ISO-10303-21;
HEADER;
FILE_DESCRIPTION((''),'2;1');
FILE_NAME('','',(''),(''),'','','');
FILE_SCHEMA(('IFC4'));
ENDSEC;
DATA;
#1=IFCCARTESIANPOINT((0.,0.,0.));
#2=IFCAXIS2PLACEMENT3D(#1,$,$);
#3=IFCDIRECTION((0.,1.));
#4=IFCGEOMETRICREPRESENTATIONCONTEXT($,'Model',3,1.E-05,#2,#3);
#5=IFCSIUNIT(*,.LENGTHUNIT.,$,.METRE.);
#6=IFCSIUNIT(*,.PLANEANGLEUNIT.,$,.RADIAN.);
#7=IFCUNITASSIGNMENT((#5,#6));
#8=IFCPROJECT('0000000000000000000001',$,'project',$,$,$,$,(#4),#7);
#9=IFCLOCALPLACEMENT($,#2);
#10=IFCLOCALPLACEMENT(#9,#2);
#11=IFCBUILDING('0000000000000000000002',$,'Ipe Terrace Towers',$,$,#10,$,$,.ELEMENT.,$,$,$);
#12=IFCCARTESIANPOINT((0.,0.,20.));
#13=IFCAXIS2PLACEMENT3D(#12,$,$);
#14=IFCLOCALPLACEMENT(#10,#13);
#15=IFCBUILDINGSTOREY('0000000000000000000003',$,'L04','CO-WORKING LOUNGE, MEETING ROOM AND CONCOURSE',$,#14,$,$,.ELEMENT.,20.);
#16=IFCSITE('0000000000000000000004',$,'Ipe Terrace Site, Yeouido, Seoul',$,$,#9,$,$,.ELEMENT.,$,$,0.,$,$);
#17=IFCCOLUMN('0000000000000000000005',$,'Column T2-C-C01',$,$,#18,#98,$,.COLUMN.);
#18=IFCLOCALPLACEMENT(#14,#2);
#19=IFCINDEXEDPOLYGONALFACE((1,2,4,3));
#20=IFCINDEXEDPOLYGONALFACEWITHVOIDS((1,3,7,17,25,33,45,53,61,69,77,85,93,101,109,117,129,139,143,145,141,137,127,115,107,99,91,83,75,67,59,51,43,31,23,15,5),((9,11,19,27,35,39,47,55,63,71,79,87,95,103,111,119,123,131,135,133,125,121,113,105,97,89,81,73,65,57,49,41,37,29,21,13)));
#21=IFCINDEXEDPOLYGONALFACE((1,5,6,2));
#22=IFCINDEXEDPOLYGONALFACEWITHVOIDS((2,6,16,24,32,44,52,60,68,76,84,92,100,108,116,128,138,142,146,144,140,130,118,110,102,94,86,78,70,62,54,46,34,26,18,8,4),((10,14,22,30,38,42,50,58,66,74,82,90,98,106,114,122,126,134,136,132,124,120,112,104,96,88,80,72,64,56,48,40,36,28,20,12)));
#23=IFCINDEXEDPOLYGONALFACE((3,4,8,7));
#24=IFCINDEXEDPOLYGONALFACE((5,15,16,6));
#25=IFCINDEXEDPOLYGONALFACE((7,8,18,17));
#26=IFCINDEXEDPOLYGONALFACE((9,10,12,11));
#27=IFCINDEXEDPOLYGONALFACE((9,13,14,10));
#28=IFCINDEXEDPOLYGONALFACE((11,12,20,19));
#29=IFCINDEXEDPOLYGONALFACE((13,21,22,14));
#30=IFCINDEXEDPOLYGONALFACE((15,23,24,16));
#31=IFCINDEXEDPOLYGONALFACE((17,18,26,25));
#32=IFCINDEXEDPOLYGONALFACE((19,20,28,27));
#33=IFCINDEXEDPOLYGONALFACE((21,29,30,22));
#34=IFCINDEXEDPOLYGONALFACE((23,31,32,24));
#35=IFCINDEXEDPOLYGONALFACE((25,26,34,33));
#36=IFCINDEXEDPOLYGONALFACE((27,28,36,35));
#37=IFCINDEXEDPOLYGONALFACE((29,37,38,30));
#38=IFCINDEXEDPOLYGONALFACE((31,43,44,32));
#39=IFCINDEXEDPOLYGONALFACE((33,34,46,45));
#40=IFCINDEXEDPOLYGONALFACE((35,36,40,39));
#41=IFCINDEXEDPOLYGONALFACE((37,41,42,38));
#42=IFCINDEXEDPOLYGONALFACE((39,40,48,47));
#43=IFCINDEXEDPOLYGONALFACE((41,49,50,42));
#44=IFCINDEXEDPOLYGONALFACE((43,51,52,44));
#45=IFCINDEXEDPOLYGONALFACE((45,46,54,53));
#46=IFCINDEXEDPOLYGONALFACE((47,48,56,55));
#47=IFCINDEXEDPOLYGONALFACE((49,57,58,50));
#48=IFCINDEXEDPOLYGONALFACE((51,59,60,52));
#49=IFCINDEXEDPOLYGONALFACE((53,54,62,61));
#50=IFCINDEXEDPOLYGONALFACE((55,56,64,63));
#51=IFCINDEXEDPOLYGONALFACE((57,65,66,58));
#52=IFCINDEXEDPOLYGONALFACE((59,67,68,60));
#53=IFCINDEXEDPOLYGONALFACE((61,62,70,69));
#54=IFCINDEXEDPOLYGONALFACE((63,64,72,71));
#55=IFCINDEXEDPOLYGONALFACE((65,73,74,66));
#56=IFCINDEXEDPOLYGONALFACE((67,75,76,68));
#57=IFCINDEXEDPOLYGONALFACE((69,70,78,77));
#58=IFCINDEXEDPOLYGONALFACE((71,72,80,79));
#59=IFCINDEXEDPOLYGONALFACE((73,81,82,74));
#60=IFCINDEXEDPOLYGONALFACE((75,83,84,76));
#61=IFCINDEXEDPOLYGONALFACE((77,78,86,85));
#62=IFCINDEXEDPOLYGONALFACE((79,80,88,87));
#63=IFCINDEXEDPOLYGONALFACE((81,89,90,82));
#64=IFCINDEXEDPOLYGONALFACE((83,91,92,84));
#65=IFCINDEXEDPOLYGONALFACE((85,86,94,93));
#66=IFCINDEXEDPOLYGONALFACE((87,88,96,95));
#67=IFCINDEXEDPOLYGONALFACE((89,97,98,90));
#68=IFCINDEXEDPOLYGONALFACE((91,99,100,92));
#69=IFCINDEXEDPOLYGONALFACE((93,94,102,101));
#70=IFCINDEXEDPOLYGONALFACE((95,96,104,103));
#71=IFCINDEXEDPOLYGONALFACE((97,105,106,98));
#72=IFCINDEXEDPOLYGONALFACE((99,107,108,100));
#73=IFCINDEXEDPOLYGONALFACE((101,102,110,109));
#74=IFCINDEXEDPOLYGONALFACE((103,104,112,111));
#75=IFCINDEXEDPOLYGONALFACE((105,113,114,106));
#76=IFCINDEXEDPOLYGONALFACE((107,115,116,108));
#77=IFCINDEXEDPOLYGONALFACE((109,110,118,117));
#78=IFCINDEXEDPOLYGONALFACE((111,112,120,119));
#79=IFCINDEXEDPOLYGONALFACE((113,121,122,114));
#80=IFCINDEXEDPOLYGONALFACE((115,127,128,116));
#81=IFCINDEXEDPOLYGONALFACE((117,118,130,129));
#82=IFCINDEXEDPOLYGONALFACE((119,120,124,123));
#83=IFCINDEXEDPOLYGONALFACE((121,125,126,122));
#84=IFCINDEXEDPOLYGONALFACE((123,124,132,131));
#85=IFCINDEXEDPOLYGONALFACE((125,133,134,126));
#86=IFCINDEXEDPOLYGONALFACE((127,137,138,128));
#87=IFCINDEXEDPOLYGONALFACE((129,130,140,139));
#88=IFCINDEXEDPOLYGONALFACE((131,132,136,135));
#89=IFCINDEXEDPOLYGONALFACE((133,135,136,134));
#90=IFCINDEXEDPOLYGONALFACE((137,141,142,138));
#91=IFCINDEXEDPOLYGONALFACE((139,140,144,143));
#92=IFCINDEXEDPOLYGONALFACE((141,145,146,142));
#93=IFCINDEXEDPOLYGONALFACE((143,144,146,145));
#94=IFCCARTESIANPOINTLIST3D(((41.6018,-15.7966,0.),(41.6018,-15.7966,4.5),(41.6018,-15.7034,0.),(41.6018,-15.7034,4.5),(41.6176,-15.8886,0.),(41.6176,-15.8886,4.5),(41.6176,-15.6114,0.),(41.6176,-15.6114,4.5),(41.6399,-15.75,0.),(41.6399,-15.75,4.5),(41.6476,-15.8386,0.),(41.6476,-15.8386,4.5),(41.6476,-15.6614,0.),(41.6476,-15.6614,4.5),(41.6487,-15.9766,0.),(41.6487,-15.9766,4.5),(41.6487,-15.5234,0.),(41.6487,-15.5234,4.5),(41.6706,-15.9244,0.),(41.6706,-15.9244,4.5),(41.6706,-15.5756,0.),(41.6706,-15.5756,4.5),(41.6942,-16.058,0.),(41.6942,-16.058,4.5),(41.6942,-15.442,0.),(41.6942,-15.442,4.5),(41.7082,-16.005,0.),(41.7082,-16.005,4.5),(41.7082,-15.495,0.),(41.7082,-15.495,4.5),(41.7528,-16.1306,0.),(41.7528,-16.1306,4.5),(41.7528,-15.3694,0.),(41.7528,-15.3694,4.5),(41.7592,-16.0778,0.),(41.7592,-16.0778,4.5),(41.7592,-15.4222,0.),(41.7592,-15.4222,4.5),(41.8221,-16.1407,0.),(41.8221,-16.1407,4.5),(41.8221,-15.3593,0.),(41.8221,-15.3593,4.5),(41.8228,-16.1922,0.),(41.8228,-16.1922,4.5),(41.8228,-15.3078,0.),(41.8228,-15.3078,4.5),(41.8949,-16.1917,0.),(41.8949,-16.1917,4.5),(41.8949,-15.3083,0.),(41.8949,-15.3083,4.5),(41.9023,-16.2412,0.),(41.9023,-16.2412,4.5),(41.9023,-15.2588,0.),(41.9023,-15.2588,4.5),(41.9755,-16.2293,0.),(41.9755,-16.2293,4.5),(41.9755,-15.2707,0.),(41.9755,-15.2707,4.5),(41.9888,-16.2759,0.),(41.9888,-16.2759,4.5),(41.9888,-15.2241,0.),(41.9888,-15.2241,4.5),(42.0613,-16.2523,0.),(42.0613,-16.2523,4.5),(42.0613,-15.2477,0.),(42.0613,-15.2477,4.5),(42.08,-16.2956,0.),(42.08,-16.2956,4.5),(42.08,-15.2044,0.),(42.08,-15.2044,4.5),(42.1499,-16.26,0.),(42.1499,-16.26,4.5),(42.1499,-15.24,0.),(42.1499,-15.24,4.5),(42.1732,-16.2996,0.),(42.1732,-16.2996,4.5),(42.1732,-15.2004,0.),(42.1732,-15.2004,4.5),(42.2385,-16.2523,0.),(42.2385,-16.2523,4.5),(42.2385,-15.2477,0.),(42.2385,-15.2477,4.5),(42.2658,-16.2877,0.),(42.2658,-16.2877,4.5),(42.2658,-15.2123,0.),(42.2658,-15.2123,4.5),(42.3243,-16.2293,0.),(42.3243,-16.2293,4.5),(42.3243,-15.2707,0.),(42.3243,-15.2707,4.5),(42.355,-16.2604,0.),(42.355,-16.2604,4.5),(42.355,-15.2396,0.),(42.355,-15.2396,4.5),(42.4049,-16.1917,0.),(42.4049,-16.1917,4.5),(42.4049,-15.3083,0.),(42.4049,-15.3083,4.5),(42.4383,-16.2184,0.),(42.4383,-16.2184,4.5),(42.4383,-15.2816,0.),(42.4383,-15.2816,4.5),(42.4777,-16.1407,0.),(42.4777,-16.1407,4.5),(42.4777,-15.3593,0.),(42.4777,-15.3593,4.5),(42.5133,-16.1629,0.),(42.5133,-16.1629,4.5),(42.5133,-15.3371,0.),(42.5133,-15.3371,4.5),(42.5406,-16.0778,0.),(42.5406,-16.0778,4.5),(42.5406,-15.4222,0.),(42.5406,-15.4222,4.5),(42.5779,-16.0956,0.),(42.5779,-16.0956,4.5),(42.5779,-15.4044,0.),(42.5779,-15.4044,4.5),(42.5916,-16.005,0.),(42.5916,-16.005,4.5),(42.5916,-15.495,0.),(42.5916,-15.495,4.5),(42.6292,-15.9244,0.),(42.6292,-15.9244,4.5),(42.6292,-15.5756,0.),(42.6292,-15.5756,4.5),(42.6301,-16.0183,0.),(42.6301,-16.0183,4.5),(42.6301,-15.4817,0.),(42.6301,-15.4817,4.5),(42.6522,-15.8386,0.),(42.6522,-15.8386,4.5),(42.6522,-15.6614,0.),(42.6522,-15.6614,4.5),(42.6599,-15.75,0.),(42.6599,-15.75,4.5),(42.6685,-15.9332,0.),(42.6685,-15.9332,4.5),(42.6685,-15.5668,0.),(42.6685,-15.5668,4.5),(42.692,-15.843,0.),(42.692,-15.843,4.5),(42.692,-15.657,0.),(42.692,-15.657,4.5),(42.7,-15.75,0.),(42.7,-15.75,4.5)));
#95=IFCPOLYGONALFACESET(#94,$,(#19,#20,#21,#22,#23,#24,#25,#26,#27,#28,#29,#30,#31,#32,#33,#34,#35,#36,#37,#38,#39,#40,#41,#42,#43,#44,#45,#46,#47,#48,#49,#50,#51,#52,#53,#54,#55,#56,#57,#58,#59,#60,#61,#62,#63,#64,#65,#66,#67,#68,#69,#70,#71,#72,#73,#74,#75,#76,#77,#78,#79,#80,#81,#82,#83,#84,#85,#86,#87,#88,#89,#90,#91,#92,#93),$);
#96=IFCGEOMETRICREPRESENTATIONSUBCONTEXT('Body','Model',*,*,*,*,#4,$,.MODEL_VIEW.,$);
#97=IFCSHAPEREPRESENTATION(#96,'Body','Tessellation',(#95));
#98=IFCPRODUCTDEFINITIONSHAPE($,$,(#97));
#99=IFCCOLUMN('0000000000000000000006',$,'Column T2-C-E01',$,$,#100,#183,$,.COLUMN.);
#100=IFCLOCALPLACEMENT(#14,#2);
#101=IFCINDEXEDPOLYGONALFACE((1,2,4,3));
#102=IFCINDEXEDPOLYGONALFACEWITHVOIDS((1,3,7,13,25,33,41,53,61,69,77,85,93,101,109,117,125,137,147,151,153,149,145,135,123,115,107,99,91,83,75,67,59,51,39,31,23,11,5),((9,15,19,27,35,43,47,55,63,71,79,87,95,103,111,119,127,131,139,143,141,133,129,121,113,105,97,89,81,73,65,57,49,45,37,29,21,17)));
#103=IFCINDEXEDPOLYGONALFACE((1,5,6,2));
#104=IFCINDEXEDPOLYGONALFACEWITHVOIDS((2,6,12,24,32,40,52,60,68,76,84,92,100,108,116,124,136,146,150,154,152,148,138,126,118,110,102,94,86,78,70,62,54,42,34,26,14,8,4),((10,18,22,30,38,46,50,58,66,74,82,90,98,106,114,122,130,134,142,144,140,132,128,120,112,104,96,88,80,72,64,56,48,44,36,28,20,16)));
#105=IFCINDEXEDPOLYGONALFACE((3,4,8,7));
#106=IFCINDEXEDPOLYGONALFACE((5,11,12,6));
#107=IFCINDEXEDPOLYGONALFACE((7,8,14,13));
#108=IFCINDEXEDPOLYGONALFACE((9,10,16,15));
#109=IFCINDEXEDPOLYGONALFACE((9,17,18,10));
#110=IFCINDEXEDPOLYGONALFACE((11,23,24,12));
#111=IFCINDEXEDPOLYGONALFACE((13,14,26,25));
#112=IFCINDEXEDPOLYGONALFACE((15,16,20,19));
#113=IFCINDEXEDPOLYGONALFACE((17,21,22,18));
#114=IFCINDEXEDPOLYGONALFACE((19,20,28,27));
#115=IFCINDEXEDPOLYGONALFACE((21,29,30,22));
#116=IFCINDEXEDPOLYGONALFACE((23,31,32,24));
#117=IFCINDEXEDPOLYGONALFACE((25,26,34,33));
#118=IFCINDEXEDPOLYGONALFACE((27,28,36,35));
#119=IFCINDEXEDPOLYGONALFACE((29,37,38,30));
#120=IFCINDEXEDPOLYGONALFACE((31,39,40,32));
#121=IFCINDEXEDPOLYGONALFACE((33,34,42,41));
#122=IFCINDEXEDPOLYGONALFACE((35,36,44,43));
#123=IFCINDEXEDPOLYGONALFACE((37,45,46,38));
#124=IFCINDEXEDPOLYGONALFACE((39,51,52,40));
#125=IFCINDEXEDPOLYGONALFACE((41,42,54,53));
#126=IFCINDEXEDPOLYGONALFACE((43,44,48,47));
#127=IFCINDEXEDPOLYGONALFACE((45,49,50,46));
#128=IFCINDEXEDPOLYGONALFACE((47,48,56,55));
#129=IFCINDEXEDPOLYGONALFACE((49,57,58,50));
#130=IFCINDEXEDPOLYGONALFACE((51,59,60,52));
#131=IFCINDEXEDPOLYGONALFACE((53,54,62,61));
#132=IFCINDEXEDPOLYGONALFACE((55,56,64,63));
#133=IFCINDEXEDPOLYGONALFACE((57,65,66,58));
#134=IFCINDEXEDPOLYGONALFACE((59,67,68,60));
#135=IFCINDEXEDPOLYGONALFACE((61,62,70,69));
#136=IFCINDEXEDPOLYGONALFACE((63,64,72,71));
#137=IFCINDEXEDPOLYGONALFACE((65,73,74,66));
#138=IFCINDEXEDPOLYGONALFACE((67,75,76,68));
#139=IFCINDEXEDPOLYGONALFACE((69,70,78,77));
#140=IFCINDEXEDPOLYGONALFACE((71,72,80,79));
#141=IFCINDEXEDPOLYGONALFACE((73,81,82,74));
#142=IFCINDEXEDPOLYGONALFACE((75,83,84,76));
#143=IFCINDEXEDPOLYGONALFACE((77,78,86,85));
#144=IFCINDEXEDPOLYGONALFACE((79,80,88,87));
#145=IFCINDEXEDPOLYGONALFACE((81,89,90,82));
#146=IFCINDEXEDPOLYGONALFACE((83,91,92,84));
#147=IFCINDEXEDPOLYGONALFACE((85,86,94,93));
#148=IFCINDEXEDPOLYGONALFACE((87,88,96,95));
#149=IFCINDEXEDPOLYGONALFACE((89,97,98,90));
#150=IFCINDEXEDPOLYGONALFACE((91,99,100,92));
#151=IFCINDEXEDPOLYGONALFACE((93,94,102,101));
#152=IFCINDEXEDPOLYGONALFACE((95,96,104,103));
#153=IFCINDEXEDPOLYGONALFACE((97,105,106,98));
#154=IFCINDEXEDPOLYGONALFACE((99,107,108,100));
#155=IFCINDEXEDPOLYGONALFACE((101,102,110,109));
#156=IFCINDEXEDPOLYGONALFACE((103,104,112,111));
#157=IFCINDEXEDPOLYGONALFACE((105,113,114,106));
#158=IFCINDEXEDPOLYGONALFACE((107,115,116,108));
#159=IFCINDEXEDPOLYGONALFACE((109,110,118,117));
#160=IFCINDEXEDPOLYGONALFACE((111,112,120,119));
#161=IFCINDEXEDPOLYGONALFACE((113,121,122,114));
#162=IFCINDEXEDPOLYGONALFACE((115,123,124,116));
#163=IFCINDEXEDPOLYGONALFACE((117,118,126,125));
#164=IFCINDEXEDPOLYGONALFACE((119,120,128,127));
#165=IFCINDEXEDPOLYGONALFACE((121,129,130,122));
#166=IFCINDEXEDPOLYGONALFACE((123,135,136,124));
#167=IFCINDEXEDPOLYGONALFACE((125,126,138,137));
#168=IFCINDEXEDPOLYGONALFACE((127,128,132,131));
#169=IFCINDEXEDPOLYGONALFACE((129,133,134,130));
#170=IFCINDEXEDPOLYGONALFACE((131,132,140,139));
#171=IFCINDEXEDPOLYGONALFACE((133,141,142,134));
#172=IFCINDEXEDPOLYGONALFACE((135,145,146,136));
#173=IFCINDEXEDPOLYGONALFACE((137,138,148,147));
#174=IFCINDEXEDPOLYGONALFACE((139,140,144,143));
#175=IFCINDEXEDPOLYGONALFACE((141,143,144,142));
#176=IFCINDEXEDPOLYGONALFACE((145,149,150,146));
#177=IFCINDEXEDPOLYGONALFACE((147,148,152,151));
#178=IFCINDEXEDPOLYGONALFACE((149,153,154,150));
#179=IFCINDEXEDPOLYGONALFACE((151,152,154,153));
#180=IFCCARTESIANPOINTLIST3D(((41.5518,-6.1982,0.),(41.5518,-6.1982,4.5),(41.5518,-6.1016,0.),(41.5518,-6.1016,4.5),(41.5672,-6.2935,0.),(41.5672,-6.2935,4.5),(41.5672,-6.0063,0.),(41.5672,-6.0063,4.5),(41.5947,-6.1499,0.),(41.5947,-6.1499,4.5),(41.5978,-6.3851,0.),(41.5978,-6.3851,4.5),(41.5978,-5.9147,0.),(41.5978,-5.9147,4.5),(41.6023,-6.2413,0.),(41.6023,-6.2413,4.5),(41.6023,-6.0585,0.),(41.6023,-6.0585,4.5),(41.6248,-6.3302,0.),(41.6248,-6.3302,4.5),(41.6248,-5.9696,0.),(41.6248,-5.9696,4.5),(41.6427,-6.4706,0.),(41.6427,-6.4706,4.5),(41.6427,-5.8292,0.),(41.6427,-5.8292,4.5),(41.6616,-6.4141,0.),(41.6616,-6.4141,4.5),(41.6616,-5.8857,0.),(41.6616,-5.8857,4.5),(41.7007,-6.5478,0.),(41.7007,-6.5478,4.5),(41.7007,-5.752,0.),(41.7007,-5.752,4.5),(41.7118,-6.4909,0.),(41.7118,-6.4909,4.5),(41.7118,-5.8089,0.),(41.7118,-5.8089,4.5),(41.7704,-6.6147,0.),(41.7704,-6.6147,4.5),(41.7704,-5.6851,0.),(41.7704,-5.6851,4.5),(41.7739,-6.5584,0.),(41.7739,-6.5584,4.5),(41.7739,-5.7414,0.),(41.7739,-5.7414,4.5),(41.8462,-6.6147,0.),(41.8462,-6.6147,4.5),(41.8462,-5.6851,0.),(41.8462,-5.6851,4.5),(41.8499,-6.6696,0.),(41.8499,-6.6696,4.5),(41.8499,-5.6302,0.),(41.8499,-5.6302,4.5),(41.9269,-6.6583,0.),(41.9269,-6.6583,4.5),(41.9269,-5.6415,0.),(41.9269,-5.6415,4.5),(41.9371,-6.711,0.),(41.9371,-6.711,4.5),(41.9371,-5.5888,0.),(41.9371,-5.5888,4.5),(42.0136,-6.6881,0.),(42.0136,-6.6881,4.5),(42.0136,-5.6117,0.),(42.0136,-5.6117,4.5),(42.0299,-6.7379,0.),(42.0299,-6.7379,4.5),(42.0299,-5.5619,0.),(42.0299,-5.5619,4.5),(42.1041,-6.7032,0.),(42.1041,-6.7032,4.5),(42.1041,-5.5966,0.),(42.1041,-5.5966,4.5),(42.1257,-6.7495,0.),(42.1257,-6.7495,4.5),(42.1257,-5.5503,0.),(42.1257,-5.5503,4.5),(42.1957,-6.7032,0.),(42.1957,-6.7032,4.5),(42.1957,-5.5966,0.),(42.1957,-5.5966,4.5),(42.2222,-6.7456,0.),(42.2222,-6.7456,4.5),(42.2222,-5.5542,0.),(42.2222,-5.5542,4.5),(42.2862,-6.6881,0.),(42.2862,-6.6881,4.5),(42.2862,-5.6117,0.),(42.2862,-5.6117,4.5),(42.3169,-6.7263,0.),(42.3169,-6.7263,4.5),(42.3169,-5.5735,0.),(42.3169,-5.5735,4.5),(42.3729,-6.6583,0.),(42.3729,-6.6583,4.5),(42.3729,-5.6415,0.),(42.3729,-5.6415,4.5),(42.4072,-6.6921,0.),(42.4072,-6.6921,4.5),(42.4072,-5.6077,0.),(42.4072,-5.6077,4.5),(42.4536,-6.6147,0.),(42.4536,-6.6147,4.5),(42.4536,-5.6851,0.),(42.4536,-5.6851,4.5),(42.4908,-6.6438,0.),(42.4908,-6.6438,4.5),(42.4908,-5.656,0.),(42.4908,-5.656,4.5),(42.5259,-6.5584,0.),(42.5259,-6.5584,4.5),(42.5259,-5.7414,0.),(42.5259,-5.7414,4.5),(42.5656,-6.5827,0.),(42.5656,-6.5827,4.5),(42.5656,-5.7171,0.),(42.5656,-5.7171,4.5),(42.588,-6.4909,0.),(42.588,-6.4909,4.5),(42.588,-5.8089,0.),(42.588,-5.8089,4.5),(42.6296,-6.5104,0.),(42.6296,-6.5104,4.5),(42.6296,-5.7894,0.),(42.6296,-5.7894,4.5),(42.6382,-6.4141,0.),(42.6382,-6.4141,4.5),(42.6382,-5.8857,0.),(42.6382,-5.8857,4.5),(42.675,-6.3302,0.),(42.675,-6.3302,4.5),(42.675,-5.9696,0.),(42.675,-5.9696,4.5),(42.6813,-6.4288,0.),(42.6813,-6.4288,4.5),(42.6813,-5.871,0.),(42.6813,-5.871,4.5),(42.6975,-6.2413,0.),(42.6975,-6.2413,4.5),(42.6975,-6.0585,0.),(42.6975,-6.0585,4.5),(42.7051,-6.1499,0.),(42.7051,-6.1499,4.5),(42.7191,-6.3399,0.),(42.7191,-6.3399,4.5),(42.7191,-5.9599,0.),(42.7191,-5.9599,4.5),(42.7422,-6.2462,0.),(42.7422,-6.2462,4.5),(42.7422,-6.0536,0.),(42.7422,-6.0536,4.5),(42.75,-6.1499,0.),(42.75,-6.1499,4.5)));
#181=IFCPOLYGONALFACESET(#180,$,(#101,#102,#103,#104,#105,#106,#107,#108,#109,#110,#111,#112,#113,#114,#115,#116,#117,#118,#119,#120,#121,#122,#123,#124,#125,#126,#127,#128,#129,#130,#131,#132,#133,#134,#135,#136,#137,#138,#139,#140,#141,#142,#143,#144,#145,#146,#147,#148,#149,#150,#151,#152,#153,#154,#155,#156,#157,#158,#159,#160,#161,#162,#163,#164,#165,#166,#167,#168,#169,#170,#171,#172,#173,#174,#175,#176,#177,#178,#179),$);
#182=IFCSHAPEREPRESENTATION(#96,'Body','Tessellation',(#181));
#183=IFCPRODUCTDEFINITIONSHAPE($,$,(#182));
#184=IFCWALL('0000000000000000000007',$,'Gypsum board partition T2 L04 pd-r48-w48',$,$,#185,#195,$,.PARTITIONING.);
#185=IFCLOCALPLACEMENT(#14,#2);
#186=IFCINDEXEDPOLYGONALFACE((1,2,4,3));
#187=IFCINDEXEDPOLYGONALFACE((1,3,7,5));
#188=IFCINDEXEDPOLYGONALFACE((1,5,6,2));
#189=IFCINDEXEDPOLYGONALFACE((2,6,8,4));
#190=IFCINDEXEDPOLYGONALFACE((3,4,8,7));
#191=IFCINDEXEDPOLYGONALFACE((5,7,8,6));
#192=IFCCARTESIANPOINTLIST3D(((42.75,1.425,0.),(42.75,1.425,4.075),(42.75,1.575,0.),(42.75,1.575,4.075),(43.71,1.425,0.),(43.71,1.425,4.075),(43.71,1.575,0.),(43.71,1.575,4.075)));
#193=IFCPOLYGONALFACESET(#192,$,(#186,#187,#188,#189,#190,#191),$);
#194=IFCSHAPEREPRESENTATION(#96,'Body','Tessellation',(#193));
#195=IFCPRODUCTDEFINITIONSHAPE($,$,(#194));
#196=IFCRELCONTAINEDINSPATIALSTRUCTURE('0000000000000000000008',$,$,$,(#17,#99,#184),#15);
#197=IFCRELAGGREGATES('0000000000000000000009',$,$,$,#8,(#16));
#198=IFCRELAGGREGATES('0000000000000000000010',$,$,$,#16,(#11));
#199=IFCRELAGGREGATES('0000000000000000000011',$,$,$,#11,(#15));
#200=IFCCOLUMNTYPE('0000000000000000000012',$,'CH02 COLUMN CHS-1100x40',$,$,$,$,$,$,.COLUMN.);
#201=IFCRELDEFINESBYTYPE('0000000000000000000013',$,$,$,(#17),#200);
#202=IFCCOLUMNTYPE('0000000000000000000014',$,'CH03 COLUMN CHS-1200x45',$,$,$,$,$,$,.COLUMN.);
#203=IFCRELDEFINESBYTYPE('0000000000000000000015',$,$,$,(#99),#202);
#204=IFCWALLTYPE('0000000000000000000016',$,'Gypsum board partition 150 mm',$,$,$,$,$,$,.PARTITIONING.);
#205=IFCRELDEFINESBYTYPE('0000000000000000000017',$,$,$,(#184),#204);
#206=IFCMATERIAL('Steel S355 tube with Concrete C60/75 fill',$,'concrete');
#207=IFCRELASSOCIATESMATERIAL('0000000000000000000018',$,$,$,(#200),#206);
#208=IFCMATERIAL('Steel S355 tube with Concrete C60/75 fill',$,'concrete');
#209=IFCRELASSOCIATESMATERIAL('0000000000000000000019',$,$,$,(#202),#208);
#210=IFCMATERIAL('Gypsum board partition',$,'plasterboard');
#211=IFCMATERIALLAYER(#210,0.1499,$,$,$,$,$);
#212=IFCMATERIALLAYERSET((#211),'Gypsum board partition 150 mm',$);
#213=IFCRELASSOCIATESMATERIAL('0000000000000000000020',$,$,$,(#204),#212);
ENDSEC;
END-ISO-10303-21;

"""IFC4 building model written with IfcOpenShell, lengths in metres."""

from ifc_helpers import new_model, si_unit, direction, frame, frame_2d, origin, origin_2d, place, context, subcontext, project, spatial, rectangle, hollow_circle, extrude, material, layer, layer_set, material_profile, profile_set, type_object, element, save


model = new_model("IFC4")

# Units and contexts
model_context = context("Model", 3, precision=1e-05, world=origin(), true_north=direction((0.0, 1.0)))
body_context = subcontext(model_context, "Body", "Model", "MODEL_VIEW")
ifc_project = project(units=[si_unit("LENGTHUNIT", "METRE"), si_unit("PLANEANGLEUNIT", "RADIAN")], contexts=[model_context])

# Site, building, storey
site_placement = place(None, origin())
site = spatial("IfcSite", under=ifc_project, at=site_placement, Name="Ipe Terrace Site, Yeouido, Seoul", CompositionType="ELEMENT", RefElevation=0.0)
building_placement = place(site_placement, origin())
building = spatial("IfcBuilding", under=site, at=building_placement, Name="Ipe Terrace Towers", CompositionType="ELEMENT")
storey_placement = place(building_placement, frame((0.0, 0.0, 20.0)))
storey = spatial("IfcBuildingStorey", under=building, at=storey_placement, Name="L04", Description="CO-WORKING LOUNGE, MEETING ROOM AND CONCOURSE", CompositionType="ELEMENT", Elevation=20.0)

# Columns
ifc_material_1 = material(Name="Steel S355 tube with Concrete C60/75 fill", Category="concrete")
ifc_material_profile_1 = material_profile(ifc_material_1, hollow_circle(Radius=0.55, WallThickness=0.04, at=origin_2d()), Name="CHS-1100x40")
ifc_profile_set_1 = profile_set([ifc_material_profile_1], Name="Steel S355 tube with Concrete C60/75 fill")
column_type_1 = type_object("IfcColumnType", Name="CH02 COLUMN CHS-1100x40", PredefinedType="COLUMN", material=ifc_profile_set_1)
column_1_placement = place(storey_placement, frame((42.1499, -15.75, 0.0), z_axis=(0.0, 0.0, 1.0), x_axis=(1.0, 0.0, 0.0)))
element("IfcColumn", 1, at=column_1_placement, inside=storey, type_object=column_type_1, Name="Column T2-C-C01", PredefinedType="COLUMN", context=body_context, shape_type="SweptSolid", body=[
    extrude(hollow_circle(Radius=0.55, WallThickness=0.04, at=origin_2d()), origin(), (0.0, 0.0, 1.0), 4.5),
])
ifc_material_2 = material(Name="Steel S355 tube with Concrete C60/75 fill", Category="concrete")
ifc_material_profile_2 = material_profile(ifc_material_2, hollow_circle(Radius=0.6001, WallThickness=0.0449, at=origin_2d()), Name="CHS-1200x45")
ifc_profile_set_2 = profile_set([ifc_material_profile_2], Name="Steel S355 tube with Concrete C60/75 fill")
column_type_2 = type_object("IfcColumnType", Name="CH03 COLUMN CHS-1200x45", PredefinedType="COLUMN", material=ifc_profile_set_2)
column_2_placement = place(storey_placement, frame((42.1499, -6.1499, 0.0), z_axis=(0.0, 0.0, 1.0), x_axis=(1.0, 0.0, 0.0)))
element("IfcColumn", 2, at=column_2_placement, inside=storey, type_object=column_type_2, Name="Column T2-C-E01", PredefinedType="COLUMN", context=body_context, shape_type="SweptSolid", body=[
    extrude(hollow_circle(Radius=0.6001, WallThickness=0.0449, at=origin_2d()), origin(), (0.0, 0.0, 1.0), 4.5),
])

# Wall
ifc_material_3 = material(Name="Gypsum board partition", Category="plasterboard")
ifc_layer_1 = layer(ifc_material_3, 0.1499)
ifc_layer_set_1 = layer_set([ifc_layer_1], Name="Gypsum board partition 150 mm")
wall_type_1 = type_object("IfcWallType", Name="Gypsum board partition 150 mm", PredefinedType="PARTITIONING", material=ifc_layer_set_1)
wall_1_placement = place(storey_placement, frame((43.71, 1.5, 0.0), z_axis=(0.0, 0.0, 1.0), x_axis=(-1.0, 0.0, 0.0)))
element("IfcWall", 3, at=wall_1_placement, inside=storey, type_object=wall_type_1, Name="Gypsum board partition T2 L04 pd-r48-w48", PredefinedType="PARTITIONING", context=body_context, shape_type="SweptSolid", body=[
    extrude(rectangle(XDim=0.96, YDim=0.1499, at=frame_2d((0.48, 0.0))), origin(), (0.0, 0.0, 1.0), 4.075),
])

save(model, "model.ifc")
